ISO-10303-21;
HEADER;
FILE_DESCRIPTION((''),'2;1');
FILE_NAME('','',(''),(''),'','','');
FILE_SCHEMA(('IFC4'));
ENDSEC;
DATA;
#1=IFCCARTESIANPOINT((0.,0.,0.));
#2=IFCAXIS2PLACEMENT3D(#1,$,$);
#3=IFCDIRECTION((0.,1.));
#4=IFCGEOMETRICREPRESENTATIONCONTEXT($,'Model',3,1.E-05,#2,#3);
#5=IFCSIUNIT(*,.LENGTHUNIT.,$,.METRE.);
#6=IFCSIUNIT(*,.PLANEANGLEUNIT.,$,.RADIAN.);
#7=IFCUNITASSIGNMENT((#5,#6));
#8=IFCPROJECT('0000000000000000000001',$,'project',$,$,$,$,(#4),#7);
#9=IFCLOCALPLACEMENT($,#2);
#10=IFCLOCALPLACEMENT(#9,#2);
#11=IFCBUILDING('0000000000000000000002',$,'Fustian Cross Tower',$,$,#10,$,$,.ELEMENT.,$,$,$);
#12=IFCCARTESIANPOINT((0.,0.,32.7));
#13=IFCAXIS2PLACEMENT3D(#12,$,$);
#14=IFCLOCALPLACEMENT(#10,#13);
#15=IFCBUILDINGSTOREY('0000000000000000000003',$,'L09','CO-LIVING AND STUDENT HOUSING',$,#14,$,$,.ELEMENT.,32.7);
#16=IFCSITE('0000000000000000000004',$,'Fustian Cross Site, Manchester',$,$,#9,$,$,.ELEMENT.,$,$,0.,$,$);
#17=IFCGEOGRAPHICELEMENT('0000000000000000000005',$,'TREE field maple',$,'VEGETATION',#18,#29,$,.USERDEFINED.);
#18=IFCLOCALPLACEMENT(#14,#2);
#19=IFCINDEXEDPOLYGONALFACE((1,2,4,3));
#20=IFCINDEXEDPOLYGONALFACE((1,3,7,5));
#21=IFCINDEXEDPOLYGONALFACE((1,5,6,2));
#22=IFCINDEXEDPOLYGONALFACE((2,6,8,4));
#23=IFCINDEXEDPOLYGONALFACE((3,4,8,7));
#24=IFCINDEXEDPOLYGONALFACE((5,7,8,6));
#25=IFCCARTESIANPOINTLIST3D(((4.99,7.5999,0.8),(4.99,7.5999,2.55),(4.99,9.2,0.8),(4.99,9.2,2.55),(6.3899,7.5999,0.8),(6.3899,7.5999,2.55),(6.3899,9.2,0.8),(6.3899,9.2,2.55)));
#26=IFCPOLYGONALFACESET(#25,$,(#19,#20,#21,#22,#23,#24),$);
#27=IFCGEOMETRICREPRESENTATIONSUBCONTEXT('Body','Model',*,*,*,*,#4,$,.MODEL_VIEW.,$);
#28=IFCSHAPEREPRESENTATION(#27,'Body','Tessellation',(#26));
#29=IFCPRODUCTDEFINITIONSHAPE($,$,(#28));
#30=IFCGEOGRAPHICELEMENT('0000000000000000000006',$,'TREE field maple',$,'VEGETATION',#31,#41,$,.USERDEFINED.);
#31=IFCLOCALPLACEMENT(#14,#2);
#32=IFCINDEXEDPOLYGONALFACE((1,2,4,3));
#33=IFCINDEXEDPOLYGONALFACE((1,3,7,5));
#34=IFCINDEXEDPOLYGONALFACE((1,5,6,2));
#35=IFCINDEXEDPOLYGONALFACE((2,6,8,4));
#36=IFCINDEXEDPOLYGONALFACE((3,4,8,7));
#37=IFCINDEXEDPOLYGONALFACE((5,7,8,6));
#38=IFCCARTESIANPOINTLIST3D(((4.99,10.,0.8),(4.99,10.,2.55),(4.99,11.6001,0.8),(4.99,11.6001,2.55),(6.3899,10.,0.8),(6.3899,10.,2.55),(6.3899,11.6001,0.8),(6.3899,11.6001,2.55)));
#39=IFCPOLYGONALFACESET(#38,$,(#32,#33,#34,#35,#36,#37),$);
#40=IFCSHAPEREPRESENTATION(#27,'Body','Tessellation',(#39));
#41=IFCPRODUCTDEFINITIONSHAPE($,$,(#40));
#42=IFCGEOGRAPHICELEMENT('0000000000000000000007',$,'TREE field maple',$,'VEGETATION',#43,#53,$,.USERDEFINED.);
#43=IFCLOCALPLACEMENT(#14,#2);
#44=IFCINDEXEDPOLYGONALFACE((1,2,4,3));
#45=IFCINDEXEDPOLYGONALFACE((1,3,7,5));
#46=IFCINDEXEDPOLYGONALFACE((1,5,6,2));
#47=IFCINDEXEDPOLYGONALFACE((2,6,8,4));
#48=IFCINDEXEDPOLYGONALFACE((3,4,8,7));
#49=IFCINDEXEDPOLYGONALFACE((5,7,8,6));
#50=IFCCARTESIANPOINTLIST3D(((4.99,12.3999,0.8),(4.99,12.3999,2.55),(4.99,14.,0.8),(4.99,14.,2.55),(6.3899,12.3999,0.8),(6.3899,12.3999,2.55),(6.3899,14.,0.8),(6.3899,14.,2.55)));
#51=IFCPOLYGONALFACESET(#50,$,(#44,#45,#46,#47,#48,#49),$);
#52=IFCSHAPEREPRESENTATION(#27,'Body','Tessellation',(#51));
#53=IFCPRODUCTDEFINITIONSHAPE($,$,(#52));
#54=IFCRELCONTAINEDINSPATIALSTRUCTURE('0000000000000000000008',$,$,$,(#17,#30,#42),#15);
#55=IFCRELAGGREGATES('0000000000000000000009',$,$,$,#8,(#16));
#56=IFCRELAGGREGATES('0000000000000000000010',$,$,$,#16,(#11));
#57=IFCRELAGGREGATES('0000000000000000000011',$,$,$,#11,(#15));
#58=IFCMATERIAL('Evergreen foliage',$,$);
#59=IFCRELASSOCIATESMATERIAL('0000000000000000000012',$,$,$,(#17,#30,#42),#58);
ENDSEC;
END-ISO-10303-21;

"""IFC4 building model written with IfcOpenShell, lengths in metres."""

from ifc_helpers import new_model, si_unit, direction, frame, origin, origin_2d, place, context, subcontext, project, spatial, rectangle, extrude, material, element, save


model = new_model("IFC4")

# Units and contexts
model_context = context("Model", 3, precision=1e-05, world=origin(), true_north=direction((0.0, 1.0)))
body_context = subcontext(model_context, "Body", "Model", "MODEL_VIEW")
ifc_project = project(units=[si_unit("LENGTHUNIT", "METRE"), si_unit("PLANEANGLEUNIT", "RADIAN")], contexts=[model_context])

# Site, building, storey
site_placement = place(None, origin())
site = spatial("IfcSite", under=ifc_project, at=site_placement, Name="Fustian Cross Site, Manchester", CompositionType="ELEMENT", RefElevation=0.0)
building_placement = place(site_placement, origin())
building = spatial("IfcBuilding", under=site, at=building_placement, Name="Fustian Cross Tower", CompositionType="ELEMENT")
storey_placement = place(building_placement, frame((0.0, 0.0, 32.7)))
storey = spatial("IfcBuildingStorey", under=building, at=storey_placement, Name="L09", Description="CO-LIVING AND STUDENT HOUSING", CompositionType="ELEMENT", Elevation=32.7)

# Geographic elements
ifc_material_1 = material(Name="Evergreen foliage")
for number, where, z_axis, x_axis, name in (
    (1, (5.6899, 8.3999, 0.8), (0.0, 0.0, 1.0), (1.0, 0.0, 0.0), "TREE field maple"),
    (2, (5.6899, 10.8, 0.8), (0.0, 0.0, 1.0), (1.0, 0.0, 0.0), "TREE field maple"),
    (3, (5.6899, 13.2, 0.8), (0.0, 0.0, 1.0), (1.0, 0.0, 0.0), "TREE field maple"),
):
    element("IfcGeographicElement", number, at=place(storey_placement, frame(where, z_axis=z_axis, x_axis=x_axis)), inside=storey, material=ifc_material_1, Name=name, ObjectType="VEGETATION", PredefinedType="USERDEFINED", context=body_context, shape_type="SweptSolid", body=[
        extrude(rectangle(XDim=1.3999, YDim=1.6001, at=origin_2d()), origin(), (0.0, 0.0, 1.0), 1.75),
    ])

save(model, "model.ifc")
